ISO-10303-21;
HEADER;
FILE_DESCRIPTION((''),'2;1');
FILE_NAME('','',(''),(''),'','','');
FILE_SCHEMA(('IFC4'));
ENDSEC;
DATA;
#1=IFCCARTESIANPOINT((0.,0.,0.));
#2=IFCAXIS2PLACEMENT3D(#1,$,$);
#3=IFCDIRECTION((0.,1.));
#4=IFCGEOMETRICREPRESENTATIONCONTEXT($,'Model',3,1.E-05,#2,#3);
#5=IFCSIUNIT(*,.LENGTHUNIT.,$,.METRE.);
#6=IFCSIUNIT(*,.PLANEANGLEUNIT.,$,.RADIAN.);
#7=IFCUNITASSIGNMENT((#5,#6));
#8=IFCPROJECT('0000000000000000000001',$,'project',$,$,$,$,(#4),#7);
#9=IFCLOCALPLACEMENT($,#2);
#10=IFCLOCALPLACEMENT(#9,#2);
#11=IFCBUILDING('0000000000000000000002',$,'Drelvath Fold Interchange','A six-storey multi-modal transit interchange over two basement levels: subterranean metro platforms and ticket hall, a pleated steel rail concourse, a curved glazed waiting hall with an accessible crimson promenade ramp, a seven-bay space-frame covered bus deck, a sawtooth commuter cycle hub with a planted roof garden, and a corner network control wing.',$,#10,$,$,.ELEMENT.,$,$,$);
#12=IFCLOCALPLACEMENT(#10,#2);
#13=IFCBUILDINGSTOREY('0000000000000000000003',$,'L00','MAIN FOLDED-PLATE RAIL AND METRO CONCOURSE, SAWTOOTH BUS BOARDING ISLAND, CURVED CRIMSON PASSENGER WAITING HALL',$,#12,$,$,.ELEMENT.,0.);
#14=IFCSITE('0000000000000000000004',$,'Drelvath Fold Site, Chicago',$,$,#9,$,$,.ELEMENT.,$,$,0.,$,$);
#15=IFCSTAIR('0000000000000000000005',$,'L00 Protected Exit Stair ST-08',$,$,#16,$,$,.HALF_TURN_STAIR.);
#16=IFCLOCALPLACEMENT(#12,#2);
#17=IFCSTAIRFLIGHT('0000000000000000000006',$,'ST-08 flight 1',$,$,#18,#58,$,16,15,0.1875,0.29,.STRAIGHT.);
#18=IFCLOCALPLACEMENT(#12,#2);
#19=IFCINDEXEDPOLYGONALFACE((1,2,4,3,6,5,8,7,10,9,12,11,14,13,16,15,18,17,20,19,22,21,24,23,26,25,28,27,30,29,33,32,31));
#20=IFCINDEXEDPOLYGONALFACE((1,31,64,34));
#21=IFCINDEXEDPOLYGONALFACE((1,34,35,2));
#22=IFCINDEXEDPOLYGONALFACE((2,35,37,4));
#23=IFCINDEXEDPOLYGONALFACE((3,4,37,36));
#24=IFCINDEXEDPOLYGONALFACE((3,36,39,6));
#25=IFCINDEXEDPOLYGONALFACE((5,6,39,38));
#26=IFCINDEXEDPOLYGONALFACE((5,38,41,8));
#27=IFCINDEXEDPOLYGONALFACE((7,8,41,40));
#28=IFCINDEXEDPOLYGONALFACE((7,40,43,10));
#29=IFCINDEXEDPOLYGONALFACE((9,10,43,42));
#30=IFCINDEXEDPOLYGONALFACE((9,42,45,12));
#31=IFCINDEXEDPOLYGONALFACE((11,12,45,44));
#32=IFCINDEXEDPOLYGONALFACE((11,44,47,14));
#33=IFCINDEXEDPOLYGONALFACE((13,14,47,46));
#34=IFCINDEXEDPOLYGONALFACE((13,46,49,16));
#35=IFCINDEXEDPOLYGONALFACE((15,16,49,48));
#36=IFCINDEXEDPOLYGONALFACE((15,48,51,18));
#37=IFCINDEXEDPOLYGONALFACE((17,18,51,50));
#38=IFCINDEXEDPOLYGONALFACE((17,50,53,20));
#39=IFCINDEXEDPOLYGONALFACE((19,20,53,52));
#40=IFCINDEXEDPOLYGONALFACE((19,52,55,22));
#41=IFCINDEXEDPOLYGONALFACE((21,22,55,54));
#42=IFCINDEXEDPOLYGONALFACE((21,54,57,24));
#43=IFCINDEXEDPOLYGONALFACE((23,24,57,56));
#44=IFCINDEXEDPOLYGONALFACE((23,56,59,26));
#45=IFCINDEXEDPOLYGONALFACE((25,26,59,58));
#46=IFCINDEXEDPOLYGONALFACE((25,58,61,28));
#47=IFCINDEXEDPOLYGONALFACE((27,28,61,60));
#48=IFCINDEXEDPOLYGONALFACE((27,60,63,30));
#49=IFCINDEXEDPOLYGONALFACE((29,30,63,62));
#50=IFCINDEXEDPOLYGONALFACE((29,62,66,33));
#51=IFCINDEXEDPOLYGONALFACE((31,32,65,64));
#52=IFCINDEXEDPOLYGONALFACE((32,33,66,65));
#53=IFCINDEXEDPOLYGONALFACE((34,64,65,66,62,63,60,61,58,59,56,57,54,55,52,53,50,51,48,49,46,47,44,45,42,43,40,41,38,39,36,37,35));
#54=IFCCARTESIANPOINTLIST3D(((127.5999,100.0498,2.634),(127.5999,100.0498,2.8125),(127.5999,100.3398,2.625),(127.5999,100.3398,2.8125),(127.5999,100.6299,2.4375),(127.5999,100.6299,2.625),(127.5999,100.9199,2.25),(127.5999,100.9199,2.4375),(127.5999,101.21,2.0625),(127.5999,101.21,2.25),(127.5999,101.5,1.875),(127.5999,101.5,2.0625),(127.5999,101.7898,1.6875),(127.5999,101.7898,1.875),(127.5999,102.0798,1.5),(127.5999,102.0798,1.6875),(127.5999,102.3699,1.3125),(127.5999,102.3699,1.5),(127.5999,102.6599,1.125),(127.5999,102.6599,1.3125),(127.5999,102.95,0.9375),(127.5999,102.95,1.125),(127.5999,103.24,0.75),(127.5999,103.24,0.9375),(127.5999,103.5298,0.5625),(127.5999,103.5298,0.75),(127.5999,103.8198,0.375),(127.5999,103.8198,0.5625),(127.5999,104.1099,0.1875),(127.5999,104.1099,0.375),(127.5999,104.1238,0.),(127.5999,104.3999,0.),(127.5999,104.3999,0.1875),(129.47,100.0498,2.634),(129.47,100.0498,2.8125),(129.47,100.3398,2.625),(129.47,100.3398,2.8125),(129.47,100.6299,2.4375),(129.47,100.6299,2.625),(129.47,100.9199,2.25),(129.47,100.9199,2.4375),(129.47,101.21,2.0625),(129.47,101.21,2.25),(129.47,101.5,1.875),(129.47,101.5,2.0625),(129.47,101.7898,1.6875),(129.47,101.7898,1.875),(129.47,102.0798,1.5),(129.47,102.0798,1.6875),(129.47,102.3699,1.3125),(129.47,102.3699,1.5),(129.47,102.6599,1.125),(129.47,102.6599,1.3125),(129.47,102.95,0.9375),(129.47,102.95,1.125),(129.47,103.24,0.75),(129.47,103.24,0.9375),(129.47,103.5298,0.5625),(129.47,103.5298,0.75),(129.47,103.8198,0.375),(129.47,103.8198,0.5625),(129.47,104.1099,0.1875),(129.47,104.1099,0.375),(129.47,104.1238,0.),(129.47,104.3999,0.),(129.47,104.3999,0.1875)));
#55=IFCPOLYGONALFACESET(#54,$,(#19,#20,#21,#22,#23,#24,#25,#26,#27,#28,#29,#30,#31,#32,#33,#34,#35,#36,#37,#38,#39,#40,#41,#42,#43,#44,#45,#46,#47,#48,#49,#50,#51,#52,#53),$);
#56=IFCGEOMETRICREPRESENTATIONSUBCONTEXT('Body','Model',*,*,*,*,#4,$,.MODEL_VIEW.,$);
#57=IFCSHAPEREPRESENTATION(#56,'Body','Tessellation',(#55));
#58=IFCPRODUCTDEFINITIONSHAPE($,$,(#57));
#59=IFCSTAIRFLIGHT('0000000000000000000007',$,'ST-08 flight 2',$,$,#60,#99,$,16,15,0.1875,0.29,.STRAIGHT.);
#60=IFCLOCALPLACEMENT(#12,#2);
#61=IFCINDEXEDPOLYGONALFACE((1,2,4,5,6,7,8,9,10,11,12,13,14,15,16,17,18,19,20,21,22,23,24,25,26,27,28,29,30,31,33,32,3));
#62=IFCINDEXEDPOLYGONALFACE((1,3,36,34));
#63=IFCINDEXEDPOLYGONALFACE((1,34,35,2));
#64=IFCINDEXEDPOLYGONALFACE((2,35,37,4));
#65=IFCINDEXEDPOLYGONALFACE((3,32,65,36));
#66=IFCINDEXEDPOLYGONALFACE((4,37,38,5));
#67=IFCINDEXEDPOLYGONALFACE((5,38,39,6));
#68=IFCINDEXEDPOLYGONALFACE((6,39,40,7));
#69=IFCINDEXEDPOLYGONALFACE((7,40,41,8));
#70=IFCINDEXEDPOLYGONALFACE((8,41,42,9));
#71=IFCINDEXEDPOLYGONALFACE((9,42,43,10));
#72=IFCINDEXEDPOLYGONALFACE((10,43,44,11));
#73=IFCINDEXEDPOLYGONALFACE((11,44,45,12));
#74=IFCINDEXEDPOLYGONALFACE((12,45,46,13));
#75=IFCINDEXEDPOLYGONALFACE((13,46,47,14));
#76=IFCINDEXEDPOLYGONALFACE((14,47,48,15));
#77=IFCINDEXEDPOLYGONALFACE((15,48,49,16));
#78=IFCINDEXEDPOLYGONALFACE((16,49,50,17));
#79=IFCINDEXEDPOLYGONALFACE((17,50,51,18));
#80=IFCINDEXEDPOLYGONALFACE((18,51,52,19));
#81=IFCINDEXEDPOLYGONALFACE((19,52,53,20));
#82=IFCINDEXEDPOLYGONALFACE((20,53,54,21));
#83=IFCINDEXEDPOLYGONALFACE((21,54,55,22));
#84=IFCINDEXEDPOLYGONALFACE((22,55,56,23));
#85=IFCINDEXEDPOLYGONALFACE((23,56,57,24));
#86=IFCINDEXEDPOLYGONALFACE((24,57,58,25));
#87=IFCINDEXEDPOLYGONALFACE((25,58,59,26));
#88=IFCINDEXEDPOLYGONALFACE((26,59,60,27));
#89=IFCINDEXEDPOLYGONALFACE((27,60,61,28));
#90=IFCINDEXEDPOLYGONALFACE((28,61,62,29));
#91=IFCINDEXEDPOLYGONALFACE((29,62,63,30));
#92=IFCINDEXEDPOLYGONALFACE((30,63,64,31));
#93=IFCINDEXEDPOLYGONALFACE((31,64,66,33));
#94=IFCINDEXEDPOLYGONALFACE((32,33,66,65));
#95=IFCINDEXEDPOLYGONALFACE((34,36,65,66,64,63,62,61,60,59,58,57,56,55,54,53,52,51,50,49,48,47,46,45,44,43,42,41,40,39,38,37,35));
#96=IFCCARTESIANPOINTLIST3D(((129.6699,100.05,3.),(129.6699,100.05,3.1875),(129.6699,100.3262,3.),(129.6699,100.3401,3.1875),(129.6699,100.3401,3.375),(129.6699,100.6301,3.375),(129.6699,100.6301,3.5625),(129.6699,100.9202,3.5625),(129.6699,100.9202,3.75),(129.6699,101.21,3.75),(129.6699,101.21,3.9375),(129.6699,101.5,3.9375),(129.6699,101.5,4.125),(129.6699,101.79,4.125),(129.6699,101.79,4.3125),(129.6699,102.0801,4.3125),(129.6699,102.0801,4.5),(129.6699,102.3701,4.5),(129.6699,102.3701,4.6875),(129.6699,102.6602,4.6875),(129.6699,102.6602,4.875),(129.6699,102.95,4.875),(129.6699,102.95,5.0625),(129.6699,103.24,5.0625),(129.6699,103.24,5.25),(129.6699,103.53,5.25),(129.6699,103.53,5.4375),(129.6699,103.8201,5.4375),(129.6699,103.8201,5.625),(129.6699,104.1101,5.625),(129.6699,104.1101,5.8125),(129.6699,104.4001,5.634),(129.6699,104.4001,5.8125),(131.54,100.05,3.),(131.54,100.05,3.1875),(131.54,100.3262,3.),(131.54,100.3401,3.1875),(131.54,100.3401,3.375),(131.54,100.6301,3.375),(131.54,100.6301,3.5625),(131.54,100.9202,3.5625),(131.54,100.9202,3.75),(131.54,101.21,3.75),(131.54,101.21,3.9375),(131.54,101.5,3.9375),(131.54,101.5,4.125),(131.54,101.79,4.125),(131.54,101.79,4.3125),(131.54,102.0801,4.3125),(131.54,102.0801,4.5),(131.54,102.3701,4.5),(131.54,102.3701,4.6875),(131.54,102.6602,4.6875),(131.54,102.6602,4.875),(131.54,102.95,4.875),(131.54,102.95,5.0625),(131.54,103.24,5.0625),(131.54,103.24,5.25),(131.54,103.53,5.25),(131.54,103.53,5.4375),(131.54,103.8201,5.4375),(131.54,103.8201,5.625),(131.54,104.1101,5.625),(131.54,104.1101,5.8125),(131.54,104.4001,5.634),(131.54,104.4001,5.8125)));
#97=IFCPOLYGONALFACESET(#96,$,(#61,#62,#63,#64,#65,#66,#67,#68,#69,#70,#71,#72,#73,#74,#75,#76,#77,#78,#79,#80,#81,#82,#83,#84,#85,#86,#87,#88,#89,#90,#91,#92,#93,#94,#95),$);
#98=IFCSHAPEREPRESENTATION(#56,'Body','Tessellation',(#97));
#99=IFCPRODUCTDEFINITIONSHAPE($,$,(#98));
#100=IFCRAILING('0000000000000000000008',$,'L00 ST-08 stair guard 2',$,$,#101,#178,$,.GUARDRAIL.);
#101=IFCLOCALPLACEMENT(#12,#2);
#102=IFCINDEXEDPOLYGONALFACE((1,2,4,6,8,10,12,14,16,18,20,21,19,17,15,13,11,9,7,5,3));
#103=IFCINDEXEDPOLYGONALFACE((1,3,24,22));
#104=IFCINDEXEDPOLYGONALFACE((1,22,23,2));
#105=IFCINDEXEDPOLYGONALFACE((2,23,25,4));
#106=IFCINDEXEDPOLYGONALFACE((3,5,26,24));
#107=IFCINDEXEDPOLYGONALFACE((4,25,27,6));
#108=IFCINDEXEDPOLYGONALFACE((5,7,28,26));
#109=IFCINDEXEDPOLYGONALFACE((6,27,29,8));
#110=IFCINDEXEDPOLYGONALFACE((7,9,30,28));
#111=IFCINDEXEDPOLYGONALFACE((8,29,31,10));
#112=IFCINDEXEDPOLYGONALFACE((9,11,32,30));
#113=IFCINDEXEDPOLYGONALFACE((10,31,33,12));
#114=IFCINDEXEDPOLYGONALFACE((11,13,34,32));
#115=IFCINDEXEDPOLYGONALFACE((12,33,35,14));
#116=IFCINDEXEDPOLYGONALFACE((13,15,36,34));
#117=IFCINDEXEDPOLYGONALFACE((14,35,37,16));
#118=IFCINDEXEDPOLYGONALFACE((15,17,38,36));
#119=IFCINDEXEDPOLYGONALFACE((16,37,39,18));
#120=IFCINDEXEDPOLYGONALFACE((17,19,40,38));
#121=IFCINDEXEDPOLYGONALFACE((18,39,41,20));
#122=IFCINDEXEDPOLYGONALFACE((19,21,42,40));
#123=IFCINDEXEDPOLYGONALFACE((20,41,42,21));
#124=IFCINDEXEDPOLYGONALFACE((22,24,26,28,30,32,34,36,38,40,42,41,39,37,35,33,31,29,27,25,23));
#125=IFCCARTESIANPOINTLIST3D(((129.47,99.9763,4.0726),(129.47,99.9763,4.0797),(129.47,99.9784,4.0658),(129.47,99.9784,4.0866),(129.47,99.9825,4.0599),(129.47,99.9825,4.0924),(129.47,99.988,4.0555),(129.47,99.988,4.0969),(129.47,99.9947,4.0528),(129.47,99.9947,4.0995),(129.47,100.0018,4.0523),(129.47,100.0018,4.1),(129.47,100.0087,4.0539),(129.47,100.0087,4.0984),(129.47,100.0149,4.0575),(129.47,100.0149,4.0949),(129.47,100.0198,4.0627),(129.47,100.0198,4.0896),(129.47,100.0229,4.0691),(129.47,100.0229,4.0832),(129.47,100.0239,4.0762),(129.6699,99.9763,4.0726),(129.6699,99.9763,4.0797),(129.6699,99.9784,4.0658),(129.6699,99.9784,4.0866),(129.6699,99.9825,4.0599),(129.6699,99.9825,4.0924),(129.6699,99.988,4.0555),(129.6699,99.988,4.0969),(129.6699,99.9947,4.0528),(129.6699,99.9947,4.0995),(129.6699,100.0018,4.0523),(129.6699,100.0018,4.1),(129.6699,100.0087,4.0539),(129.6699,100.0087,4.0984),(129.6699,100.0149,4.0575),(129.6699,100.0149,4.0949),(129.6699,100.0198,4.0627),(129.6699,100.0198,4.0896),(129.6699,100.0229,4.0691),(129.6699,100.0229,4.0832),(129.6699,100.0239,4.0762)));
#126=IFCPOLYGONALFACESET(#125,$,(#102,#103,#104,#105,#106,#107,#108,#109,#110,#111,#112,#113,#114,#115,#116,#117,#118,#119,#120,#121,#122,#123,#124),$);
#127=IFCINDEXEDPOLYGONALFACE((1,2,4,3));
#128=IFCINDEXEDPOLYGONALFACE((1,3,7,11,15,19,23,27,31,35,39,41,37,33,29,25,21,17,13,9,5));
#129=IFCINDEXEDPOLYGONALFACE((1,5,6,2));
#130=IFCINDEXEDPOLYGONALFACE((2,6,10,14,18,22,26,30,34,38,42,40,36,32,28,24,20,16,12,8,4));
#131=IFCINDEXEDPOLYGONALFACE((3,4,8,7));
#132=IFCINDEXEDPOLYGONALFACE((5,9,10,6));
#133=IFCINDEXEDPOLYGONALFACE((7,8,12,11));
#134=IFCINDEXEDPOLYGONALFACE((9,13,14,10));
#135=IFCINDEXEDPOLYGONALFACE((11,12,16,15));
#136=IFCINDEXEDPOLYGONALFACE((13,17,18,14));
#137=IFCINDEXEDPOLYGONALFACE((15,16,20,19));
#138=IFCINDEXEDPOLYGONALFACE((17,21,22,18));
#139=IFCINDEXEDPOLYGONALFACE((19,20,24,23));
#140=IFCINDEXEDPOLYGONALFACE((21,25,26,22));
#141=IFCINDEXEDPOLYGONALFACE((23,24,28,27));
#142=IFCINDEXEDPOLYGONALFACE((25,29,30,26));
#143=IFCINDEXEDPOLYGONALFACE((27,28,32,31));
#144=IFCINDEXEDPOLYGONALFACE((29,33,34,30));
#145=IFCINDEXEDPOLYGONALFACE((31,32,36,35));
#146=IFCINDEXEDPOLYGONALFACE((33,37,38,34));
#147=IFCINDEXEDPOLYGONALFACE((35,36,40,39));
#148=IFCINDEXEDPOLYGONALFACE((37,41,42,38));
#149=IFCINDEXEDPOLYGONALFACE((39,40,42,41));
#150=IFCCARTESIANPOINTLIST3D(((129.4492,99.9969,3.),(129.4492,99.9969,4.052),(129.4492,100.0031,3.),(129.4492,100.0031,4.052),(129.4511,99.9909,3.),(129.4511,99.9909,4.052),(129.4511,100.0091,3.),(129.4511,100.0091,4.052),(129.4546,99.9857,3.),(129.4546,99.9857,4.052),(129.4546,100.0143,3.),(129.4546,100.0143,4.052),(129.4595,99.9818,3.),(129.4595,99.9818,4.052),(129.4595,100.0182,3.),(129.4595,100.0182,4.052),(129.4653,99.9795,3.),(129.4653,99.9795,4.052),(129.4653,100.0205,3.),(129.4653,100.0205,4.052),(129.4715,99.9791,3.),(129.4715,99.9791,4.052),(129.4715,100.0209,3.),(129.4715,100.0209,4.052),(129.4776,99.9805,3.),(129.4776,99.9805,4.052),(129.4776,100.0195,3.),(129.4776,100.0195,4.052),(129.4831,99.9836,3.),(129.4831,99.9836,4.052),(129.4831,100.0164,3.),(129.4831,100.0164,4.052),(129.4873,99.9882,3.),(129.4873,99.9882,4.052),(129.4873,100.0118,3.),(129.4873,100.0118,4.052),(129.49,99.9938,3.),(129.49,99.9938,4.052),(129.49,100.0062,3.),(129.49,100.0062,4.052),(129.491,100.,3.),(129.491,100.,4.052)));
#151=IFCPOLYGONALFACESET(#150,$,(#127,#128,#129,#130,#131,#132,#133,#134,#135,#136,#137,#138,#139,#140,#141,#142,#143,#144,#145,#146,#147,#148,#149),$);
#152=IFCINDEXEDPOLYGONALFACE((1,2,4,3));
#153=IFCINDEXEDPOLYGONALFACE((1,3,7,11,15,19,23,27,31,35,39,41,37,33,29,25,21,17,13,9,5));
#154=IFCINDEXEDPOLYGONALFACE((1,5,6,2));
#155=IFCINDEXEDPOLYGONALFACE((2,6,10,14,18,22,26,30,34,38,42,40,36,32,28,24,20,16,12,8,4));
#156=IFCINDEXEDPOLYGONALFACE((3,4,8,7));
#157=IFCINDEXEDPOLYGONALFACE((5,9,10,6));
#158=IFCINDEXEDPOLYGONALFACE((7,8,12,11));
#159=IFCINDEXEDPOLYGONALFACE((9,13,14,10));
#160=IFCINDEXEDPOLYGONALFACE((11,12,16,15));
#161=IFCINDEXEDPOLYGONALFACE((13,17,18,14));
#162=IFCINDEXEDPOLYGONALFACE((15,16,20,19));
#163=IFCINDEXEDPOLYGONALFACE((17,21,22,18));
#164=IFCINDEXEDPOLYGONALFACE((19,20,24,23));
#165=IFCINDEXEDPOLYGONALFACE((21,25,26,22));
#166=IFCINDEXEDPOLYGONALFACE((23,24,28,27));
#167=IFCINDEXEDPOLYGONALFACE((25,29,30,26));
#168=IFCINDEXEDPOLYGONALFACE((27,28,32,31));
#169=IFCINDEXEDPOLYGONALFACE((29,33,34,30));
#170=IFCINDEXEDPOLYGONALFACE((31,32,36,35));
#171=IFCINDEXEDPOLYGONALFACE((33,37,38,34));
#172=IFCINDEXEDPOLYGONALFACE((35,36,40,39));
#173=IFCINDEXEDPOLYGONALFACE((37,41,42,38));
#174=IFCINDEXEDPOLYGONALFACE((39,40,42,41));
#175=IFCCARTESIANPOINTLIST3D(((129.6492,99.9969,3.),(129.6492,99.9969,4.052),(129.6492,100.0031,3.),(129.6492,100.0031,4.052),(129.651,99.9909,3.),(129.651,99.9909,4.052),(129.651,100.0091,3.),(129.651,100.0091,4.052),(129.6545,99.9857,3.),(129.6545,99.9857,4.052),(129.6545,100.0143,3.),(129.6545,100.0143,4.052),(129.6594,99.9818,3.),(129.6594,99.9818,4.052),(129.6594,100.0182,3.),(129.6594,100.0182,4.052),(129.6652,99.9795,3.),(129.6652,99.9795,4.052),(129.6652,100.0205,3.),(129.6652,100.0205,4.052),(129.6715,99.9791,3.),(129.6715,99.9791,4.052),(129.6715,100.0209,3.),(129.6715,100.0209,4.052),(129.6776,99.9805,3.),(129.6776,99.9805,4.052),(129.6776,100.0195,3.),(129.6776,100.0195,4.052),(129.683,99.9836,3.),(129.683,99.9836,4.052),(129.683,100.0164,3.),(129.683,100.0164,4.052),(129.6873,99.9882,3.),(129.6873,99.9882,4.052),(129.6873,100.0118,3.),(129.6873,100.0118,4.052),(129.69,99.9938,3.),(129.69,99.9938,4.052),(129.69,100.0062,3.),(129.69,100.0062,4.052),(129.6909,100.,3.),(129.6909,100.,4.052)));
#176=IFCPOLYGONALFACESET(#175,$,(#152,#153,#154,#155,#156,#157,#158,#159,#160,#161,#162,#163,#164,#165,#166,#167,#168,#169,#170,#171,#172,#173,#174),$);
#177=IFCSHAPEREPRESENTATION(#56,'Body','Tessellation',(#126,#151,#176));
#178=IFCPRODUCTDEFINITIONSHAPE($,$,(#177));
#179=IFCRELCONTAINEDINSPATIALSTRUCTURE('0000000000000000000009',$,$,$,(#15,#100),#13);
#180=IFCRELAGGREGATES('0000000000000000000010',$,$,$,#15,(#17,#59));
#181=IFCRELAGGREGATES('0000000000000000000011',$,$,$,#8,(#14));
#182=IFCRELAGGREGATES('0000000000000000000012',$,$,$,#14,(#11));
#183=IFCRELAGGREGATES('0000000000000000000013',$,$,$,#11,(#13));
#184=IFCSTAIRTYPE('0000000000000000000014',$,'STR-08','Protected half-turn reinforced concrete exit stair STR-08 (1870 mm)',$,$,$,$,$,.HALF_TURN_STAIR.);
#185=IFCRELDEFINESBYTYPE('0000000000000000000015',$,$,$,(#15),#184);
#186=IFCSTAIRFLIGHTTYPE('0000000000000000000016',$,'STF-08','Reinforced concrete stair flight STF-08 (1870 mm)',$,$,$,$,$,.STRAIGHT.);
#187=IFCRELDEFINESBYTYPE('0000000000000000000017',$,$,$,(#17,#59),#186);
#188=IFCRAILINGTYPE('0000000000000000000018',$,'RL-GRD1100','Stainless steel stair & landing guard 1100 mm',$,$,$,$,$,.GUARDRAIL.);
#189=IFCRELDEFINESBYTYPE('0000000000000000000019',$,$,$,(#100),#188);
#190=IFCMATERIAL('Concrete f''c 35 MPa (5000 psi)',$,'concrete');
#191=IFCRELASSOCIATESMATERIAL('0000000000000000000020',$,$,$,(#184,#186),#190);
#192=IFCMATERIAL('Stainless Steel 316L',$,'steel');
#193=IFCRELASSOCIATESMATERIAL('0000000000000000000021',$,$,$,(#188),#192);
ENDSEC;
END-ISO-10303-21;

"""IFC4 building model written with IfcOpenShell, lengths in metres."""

from ifc_helpers import new_model, si_unit, direction, frame, origin, origin_2d, place, context, subcontext, project, spatial, polyline, circle, outline, extrude, material, type_object, element, aggregate, save


model = new_model("IFC4")

# Units and contexts
model_context = context("Model", 3, precision=1e-05, world=origin(), true_north=direction((0.0, 1.0)))
body_context = subcontext(model_context, "Body", "Model", "MODEL_VIEW")
ifc_project = project(units=[si_unit("LENGTHUNIT", "METRE"), si_unit("PLANEANGLEUNIT", "RADIAN")], contexts=[model_context])

# Site, building, storey
site_placement = place(None, origin())
site = spatial("IfcSite", under=ifc_project, at=site_placement, Name="Drelvath Fold Site, Chicago", CompositionType="ELEMENT", RefElevation=0.0)
building_placement = place(site_placement, origin())
building = spatial("IfcBuilding", under=site, at=building_placement, Name="Drelvath Fold Interchange", Description="A six-storey multi-modal transit interchange over two basement levels: subterranean metro platforms and ticket hall, a pleated steel rail concourse, a curved glazed waiting hall with an accessible crimson promenade ramp, a seven-bay space-frame covered bus deck, a sawtooth commuter cycle hub with a planted roof garden, and a corner network control wing.", CompositionType="ELEMENT")
storey_placement = place(building_placement, origin())
storey = spatial("IfcBuildingStorey", under=building, at=storey_placement, Name="L00", Description="MAIN FOLDED-PLATE RAIL AND METRO CONCOURSE, SAWTOOTH BUS BOARDING ISLAND, CURVED CRIMSON PASSENGER WAITING HALL", CompositionType="ELEMENT", Elevation=0.0)

# Stair, stair flights
ifc_material_1 = material(Name="Concrete f'c 35 MPa (5000 psi)", Category="concrete")
stair_type = type_object("IfcStairType", Name="STR-08", Description="Protected half-turn reinforced concrete exit stair STR-08 (1870 mm)", PredefinedType="HALF_TURN_STAIR", material=ifc_material_1)
stair_placement = place(storey_placement, origin())
stair = element("IfcStair", 1, at=stair_placement, inside=storey, type_object=stair_type, Name="L00 Protected Exit Stair ST-08", PredefinedType="HALF_TURN_STAIR")
stair_flight_type = type_object("IfcStairFlightType", Name="STF-08", Description="Reinforced concrete stair flight STF-08 (1870 mm)", PredefinedType="STRAIGHT", material=ifc_material_1)
stair_flight_1_placement = place(storey_placement, frame((128.5349, 104.3999, 0.0), z_axis=(0.0, 0.0, 1.0), x_axis=(0.0, -1.0, 0.0)))
stair_flight_1 = element("IfcStairFlight", 2, at=stair_flight_1_placement, type_object=stair_flight_type, Name="ST-08 flight 1", NumberOfRisers=16, NumberOfTreads=15, PredefinedType="STRAIGHT", RiserHeight=0.1875, TreadLength=0.29, context=body_context, shape_type="SweptSolid", body=[
    extrude(outline(polyline([(0.0, 0.0), (0.0, 0.1875), (0.29, 0.1875), (0.29, 0.375), (0.5801, 0.375), (0.5801, 0.5625), (0.8701, 0.5625), (0.8701, 0.75), (1.1599, 0.75), (1.1599, 0.9375), (1.45, 0.9375), (1.45, 1.125), (1.74, 1.125), (1.74, 1.3125), (2.03, 1.3125), (2.03, 1.5), (2.3201, 1.5), (2.3201, 1.6875), (2.6101, 1.6875), (2.6101, 1.875), (2.8999, 1.875), (2.8999, 2.0625), (3.1899, 2.0625), (3.1899, 2.25), (3.48, 2.25), (3.48, 2.4375), (3.77, 2.4375), (3.77, 2.625), (4.0601, 2.625), (4.0601, 2.8125), (4.3501, 2.8125), (4.3501, 3.0), (4.3501, 2.634), (0.2761, 0.0), (0.0, 0.0)])), frame((0.0, 0.9351, 0.0), z_axis=(0.0, -1.0, 0.0), x_axis=(1.0, 0.0, 0.0)), (0.0, 0.0, 1.0), 1.8701),
])
stair_flight_2_placement = place(storey_placement, frame((130.605, 100.05, 3.0), z_axis=(0.0, 0.0, 1.0), x_axis=(0.0, 1.0, 0.0)))
stair_flight_2 = element("IfcStairFlight", 3, at=stair_flight_2_placement, type_object=stair_flight_type, Name="ST-08 flight 2", NumberOfRisers=16, NumberOfTreads=15, PredefinedType="STRAIGHT", RiserHeight=0.1875, TreadLength=0.29, context=body_context, shape_type="SweptSolid", body=[
    extrude(outline(polyline([(0.0, 0.0), (0.0, 0.1875), (0.29, 0.1875), (0.29, 0.375), (0.5801, 0.375), (0.5801, 0.5625), (0.8701, 0.5625), (0.8701, 0.75), (1.1599, 0.75), (1.1599, 0.9375), (1.45, 0.9375), (1.45, 1.125), (1.74, 1.125), (1.74, 1.3125), (2.03, 1.3125), (2.03, 1.5), (2.3201, 1.5), (2.3201, 1.6875), (2.6101, 1.6875), (2.6101, 1.875), (2.8999, 1.875), (2.8999, 2.0625), (3.1899, 2.0625), (3.1899, 2.25), (3.48, 2.25), (3.48, 2.4375), (3.77, 2.4375), (3.77, 2.625), (4.0601, 2.625), (4.0601, 2.8125), (4.3501, 2.8125), (4.3501, 3.0), (4.3501, 2.634), (0.2761, 0.0), (0.0, 0.0)])), frame((0.0, 0.9351, 0.0), z_axis=(0.0, -1.0, 0.0), x_axis=(1.0, 0.0, 0.0)), (0.0, 0.0, 1.0), 1.8701),
])
aggregate(stair, [stair_flight_1, stair_flight_2])

# Railing
ifc_material_2 = material(Name="Stainless Steel 316L", Category="steel")
railing_type_1 = type_object("IfcRailingType", Name="RL-GRD1100", Description="Stainless steel stair & landing guard 1100 mm", PredefinedType="GUARDRAIL", material=ifc_material_2)
railing_1_placement = place(storey_placement, frame((129.47, 100.0, 3.0)))
element("IfcRailing", 4, at=railing_1_placement, inside=storey, type_object=railing_type_1, Name="L00 ST-08 stair guard 2", PredefinedType="GUARDRAIL", context=body_context, shape_type="SweptSolid", body=[
    extrude(circle(Radius=0.0239, at=origin_2d()), frame((0.0, 0.0, 1.0762), z_axis=(1.0, 0.0, 0.0), x_axis=(0.0, 1.0, 0.0)), (0.0, 0.0, 1.0), 0.2),
    extrude(circle(Radius=0.021, at=origin_2d()), origin(), (0.0, 0.0, 1.0), 1.052),
    extrude(circle(Radius=0.021, at=origin_2d()), frame((0.2, 0.0, 0.0)), (0.0, 0.0, 1.0), 1.052),
])

save(model, "model.ifc")
